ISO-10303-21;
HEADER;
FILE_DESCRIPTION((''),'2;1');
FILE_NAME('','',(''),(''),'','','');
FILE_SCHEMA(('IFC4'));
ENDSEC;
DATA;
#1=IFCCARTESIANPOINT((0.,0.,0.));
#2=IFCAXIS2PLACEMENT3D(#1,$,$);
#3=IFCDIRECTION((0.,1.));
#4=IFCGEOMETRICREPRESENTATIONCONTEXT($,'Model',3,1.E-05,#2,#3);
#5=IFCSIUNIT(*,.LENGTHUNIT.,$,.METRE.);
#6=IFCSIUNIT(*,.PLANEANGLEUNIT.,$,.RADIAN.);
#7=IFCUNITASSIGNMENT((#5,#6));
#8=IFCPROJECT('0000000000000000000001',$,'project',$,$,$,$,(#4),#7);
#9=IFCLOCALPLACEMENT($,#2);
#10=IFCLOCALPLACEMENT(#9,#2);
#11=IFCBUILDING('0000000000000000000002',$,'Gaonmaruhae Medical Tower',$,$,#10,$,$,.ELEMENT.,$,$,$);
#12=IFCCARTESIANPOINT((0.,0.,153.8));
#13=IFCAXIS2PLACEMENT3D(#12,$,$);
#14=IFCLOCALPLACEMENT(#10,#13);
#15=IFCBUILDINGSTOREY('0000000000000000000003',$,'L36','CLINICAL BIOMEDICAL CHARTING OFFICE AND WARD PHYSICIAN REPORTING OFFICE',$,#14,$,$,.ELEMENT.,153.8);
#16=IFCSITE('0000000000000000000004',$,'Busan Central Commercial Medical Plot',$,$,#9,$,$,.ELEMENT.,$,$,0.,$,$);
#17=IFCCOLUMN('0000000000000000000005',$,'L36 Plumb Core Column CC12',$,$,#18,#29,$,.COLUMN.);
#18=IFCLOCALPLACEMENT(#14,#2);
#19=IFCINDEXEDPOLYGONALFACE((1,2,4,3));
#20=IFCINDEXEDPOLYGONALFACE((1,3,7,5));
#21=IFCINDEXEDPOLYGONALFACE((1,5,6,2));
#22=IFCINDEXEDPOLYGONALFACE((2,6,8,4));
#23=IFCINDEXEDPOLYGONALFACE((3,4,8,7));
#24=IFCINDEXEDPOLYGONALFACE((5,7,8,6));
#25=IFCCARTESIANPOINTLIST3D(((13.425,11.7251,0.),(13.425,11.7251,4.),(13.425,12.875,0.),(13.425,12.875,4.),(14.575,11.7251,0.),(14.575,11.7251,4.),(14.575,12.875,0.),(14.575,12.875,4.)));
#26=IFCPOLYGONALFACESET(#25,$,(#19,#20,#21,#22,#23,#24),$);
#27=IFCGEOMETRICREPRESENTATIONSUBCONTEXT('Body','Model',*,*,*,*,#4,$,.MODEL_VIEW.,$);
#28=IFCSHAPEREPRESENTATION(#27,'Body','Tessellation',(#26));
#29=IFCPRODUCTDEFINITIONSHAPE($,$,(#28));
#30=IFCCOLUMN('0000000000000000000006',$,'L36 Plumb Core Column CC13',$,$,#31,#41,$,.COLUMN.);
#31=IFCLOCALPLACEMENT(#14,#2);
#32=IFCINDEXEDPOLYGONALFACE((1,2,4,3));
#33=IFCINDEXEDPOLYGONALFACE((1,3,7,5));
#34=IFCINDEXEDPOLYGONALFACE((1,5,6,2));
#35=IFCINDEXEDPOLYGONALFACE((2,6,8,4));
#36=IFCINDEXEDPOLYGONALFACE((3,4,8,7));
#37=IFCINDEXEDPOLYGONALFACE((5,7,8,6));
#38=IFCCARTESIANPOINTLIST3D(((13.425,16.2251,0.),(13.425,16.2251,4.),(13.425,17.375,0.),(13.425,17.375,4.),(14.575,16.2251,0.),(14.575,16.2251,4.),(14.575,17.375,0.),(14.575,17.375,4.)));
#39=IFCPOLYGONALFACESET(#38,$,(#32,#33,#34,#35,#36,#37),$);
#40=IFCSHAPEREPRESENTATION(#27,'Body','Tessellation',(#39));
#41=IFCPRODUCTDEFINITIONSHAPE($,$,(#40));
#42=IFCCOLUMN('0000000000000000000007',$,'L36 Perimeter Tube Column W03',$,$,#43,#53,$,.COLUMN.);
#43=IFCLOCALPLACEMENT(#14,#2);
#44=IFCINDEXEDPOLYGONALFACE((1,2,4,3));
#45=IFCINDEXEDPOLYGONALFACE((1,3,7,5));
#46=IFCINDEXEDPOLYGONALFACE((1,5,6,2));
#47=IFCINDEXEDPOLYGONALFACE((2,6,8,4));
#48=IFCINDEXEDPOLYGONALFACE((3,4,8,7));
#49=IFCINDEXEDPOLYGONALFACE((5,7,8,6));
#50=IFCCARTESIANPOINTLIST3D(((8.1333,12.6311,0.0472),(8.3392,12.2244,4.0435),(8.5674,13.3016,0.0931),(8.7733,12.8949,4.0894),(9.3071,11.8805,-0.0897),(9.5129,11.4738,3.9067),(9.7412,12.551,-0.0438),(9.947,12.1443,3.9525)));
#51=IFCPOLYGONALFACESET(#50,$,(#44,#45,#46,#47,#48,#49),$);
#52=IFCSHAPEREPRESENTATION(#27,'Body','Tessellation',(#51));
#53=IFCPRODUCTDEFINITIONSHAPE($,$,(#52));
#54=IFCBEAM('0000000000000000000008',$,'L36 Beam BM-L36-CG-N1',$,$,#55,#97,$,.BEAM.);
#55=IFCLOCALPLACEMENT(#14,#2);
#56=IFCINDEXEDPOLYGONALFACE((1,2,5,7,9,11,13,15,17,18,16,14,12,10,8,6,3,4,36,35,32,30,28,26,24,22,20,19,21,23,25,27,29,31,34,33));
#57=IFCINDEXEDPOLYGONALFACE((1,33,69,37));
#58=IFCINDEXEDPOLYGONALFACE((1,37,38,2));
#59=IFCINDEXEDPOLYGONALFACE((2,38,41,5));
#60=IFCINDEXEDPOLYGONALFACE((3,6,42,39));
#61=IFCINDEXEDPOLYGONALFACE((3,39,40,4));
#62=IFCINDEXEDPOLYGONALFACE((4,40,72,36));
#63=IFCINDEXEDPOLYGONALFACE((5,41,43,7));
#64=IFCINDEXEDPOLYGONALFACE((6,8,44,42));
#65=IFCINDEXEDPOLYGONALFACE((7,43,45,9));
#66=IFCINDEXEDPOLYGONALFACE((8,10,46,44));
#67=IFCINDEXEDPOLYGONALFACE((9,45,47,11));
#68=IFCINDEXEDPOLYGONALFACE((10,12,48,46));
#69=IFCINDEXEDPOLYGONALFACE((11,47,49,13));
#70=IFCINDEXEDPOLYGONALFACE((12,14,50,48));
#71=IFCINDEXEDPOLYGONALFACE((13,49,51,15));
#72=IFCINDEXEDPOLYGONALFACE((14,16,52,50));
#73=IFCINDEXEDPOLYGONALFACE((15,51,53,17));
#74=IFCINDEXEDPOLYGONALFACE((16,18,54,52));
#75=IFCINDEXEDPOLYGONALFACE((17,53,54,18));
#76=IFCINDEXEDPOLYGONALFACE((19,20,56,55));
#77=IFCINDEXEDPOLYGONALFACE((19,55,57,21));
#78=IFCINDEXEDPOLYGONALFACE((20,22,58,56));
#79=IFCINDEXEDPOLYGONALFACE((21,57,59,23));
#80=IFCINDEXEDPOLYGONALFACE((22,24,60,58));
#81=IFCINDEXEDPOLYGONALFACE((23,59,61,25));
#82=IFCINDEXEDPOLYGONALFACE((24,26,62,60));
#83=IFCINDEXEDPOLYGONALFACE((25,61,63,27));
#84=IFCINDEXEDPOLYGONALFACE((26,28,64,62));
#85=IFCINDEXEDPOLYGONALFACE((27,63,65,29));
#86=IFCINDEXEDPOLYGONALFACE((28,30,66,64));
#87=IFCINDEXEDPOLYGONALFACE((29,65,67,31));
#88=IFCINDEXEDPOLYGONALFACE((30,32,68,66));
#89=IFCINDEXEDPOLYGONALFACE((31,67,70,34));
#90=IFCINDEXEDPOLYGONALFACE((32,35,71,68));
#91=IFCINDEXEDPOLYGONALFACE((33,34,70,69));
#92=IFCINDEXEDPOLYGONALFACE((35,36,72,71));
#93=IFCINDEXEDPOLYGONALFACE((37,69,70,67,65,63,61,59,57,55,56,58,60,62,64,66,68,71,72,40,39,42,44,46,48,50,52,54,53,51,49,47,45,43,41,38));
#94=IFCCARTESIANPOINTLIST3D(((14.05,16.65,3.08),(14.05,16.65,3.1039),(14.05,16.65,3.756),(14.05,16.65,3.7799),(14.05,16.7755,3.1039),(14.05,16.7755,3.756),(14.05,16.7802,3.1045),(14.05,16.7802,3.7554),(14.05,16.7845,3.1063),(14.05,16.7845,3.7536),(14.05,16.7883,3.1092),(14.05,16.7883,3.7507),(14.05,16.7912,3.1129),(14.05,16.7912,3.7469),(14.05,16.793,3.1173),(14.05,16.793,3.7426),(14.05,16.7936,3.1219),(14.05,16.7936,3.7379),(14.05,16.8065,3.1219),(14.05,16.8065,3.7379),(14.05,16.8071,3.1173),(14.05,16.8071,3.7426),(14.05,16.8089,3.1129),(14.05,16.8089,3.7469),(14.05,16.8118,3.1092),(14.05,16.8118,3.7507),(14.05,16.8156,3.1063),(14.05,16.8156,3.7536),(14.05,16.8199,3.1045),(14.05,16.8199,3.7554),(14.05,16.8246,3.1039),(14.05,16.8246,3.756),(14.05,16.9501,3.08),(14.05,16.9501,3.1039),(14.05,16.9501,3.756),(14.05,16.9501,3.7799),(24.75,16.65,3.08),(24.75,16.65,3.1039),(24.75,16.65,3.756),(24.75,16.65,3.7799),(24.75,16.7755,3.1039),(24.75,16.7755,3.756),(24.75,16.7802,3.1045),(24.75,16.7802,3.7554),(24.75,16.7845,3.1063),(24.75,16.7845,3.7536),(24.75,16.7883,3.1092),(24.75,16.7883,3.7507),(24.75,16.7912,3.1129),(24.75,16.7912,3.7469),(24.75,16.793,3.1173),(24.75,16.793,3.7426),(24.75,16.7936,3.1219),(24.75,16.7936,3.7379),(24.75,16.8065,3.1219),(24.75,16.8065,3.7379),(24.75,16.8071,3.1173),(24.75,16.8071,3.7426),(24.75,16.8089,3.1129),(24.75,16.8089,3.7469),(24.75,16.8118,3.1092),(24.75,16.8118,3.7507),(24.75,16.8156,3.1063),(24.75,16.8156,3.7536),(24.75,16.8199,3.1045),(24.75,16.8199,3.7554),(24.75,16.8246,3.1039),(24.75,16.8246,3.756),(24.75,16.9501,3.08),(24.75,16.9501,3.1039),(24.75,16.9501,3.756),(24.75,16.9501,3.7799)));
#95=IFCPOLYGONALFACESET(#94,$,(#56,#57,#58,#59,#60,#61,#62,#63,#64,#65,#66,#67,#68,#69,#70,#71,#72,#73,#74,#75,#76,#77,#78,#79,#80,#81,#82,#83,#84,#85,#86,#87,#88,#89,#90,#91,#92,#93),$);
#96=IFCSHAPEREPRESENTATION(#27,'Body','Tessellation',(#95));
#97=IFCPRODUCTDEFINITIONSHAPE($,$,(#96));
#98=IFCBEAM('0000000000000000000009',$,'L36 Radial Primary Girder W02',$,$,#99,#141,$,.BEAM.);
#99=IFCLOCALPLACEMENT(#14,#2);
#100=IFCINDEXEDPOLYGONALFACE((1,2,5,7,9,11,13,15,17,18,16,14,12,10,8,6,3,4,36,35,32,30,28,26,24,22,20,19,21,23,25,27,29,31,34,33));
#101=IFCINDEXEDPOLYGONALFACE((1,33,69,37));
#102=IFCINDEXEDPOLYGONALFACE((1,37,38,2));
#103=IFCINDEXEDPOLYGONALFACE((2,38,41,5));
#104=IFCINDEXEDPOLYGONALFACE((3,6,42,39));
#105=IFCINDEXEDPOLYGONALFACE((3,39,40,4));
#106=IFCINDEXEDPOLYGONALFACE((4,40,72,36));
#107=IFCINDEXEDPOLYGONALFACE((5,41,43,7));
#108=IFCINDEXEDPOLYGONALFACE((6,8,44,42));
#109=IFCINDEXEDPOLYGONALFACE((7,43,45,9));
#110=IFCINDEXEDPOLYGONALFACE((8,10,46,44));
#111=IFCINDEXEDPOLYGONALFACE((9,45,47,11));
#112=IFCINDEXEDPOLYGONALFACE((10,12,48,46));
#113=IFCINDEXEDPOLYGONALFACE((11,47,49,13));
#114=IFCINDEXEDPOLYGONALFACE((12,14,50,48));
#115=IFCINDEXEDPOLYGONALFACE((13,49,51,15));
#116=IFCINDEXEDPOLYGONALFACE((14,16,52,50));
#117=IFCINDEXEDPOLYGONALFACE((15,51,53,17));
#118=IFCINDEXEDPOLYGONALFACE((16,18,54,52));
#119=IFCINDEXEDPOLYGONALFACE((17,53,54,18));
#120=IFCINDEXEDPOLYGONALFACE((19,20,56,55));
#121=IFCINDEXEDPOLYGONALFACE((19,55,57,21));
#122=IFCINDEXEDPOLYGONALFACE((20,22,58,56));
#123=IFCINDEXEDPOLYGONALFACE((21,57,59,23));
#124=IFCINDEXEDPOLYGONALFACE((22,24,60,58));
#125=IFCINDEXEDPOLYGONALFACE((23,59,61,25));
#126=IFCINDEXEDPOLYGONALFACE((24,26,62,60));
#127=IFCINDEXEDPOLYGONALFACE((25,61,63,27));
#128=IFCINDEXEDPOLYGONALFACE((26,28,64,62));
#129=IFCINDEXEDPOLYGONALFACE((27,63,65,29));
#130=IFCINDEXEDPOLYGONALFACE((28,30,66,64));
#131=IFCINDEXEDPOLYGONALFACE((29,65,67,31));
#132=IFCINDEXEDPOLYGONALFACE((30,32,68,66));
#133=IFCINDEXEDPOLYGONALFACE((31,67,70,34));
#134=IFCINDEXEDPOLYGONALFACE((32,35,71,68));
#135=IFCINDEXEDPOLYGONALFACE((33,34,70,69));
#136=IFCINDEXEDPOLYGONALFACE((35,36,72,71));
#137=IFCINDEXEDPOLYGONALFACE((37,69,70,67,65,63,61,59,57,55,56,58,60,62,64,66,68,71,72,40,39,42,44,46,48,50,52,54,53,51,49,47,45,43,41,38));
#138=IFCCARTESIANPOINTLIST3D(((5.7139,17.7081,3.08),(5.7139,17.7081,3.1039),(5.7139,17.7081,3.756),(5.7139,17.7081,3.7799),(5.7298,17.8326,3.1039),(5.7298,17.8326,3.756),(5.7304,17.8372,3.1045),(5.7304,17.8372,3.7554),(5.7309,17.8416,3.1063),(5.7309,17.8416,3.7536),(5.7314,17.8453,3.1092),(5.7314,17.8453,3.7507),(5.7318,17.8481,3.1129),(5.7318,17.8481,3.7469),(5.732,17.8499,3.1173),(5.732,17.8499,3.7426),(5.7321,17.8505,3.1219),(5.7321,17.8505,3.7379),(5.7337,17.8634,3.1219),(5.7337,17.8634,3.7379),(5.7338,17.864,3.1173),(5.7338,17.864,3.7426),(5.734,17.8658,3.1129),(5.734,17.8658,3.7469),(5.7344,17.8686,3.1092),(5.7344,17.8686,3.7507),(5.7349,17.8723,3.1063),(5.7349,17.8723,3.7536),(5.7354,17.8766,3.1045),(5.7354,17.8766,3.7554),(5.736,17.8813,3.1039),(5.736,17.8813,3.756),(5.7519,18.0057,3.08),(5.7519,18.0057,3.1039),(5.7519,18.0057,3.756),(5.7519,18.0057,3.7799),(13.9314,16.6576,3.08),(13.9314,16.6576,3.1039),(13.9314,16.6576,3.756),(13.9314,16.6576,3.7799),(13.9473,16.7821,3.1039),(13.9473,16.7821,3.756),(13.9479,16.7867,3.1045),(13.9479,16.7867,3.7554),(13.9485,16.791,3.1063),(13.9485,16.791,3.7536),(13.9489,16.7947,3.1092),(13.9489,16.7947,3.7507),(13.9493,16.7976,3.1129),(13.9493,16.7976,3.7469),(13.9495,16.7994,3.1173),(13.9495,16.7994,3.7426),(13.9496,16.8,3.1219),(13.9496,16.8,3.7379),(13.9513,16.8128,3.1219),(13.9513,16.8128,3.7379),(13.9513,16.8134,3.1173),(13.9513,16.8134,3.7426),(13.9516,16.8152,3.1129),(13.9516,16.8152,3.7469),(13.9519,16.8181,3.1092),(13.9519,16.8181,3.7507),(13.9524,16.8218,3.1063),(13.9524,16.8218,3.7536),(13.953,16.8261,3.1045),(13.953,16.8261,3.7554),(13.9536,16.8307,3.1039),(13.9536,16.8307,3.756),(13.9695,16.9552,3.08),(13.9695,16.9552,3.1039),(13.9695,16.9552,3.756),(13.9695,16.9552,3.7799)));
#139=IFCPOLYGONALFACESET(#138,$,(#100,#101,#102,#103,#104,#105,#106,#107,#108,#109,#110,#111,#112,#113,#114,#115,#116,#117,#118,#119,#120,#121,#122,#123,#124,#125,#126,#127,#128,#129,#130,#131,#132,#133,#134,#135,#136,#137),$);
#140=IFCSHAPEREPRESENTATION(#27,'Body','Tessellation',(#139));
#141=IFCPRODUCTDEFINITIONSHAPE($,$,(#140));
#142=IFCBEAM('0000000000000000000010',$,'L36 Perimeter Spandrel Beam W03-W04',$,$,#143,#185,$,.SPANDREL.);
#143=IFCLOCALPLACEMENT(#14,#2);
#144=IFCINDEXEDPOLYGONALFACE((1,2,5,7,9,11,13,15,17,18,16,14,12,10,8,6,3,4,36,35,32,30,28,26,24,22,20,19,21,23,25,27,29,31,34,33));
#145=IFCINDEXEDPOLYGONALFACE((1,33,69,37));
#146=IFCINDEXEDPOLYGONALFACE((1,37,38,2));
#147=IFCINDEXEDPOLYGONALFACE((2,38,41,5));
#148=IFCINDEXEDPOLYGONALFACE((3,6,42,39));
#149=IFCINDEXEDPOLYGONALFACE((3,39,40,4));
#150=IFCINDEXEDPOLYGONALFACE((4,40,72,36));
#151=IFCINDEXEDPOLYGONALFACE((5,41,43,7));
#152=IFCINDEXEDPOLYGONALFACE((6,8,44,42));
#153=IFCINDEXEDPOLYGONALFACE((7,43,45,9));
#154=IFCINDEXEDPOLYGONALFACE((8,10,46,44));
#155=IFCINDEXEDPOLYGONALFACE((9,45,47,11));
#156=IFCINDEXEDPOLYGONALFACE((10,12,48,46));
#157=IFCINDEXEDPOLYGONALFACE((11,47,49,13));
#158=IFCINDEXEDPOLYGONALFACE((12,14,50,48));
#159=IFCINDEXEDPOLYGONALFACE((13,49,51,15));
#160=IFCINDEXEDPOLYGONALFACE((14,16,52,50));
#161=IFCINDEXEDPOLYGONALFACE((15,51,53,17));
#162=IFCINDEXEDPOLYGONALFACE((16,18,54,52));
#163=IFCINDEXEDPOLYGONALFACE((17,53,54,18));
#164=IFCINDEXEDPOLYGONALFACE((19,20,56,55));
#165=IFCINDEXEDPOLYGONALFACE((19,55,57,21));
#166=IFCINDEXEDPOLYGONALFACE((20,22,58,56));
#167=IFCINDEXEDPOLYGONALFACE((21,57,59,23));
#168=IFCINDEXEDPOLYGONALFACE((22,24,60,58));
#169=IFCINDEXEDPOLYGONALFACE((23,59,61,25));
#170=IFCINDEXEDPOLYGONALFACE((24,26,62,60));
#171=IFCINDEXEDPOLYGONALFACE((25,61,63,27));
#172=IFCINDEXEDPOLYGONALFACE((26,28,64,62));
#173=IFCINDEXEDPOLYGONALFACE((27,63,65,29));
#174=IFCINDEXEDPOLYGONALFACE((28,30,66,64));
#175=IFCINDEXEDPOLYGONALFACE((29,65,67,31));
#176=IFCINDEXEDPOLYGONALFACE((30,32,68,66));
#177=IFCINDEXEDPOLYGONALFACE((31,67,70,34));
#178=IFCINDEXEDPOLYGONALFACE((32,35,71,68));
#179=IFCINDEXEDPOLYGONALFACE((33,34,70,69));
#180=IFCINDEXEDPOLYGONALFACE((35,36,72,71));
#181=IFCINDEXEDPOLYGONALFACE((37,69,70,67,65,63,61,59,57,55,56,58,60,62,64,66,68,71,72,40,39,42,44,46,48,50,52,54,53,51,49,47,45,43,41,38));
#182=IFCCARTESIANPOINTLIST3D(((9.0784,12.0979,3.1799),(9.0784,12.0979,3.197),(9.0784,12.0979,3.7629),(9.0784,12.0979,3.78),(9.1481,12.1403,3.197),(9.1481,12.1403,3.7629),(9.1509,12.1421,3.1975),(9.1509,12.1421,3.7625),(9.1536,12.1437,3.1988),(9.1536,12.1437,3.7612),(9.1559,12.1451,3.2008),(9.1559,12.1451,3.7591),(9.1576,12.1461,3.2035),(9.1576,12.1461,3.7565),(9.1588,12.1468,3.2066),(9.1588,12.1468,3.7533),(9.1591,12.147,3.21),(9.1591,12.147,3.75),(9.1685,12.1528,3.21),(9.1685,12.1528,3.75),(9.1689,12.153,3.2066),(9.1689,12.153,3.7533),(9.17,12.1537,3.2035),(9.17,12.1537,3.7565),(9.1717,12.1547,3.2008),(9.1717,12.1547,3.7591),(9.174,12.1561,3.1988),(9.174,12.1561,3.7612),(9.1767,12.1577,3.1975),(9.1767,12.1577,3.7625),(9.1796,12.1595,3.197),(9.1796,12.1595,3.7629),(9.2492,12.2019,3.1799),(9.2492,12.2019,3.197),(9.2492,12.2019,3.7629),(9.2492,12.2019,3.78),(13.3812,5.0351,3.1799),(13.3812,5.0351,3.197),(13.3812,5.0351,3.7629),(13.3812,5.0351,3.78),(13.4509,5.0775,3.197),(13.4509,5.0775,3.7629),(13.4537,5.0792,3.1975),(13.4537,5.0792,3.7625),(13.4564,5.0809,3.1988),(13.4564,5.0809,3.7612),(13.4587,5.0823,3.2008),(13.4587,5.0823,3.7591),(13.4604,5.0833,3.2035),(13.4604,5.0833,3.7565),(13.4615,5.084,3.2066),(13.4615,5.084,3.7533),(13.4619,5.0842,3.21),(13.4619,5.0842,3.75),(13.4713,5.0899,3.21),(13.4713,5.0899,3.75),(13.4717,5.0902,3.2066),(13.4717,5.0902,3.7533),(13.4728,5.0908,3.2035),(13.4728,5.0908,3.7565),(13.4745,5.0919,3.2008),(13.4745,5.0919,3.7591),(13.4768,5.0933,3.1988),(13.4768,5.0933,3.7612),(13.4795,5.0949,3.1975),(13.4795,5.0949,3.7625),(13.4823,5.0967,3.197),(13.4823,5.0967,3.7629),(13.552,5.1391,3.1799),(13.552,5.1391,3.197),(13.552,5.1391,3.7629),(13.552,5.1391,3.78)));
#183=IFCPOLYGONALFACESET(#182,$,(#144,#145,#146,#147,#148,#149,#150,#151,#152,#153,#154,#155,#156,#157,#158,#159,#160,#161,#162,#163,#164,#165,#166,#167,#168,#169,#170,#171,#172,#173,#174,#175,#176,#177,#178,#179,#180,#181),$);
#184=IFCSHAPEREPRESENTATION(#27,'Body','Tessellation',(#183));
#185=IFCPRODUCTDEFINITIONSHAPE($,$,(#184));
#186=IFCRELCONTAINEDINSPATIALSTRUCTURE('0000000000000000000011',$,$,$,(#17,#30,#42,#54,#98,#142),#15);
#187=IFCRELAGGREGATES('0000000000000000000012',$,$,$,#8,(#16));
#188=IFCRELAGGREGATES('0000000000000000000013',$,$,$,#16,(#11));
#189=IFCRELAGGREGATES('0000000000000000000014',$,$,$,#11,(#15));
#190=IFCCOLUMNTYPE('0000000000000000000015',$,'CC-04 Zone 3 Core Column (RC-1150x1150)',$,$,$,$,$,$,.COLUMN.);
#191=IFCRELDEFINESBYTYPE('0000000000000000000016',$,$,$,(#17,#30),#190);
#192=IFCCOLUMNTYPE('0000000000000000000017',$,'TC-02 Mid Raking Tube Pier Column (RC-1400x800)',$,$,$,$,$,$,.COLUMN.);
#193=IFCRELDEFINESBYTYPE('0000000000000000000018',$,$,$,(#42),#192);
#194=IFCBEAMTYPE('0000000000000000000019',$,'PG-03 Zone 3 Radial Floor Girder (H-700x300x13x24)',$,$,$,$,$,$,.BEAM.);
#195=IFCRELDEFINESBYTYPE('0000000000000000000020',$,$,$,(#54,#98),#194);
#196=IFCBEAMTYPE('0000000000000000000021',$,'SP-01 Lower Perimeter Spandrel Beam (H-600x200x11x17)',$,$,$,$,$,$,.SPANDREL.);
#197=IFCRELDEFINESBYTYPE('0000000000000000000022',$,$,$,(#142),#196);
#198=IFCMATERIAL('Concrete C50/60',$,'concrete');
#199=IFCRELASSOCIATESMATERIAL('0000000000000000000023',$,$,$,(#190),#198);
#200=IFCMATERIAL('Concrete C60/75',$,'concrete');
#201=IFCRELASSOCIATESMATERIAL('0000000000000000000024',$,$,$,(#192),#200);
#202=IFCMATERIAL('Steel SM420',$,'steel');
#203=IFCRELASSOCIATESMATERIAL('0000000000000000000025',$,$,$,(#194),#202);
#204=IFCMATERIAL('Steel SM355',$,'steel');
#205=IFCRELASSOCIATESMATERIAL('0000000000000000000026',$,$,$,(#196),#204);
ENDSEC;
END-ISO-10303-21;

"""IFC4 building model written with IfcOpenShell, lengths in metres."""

from ifc_helpers import new_model, si_unit, direction, frame, origin, origin_2d, place, context, subcontext, project, spatial, rectangle, i_section, extrude, material, material_profile, profile_set, type_object, element, save


model = new_model("IFC4")

# Units and contexts
model_context = context("Model", 3, precision=1e-05, world=origin(), true_north=direction((0.0, 1.0)))
body_context = subcontext(model_context, "Body", "Model", "MODEL_VIEW")
ifc_project = project(units=[si_unit("LENGTHUNIT", "METRE"), si_unit("PLANEANGLEUNIT", "RADIAN")], contexts=[model_context])

# Site, building, storey
site_placement = place(None, origin())
site = spatial("IfcSite", under=ifc_project, at=site_placement, Name="Busan Central Commercial Medical Plot", CompositionType="ELEMENT", RefElevation=0.0)
building_placement = place(site_placement, origin())
building = spatial("IfcBuilding", under=site, at=building_placement, Name="Gaonmaruhae Medical Tower", CompositionType="ELEMENT")
storey_placement = place(building_placement, frame((0.0, 0.0, 153.8)))
storey = spatial("IfcBuildingStorey", under=building, at=storey_placement, Name="L36", Description="CLINICAL BIOMEDICAL CHARTING OFFICE AND WARD PHYSICIAN REPORTING OFFICE", CompositionType="ELEMENT", Elevation=153.8)

# Columns
ifc_material_1 = material(Name="Concrete C50/60", Category="concrete")
ifc_material_profile_1 = material_profile(ifc_material_1, rectangle(XDim=1.1499, YDim=1.1499, at=origin_2d()), Name="RC-1150x1150")
ifc_profile_set_1 = profile_set([ifc_material_profile_1], Name="Concrete C50/60")
column_type_1 = type_object("IfcColumnType", Name="CC-04 Zone 3 Core Column (RC-1150x1150)", PredefinedType="COLUMN", material=ifc_profile_set_1)
for number, where, z_axis, x_axis, name in (
    (1, (14.0, 12.3, 0.0), (0.0, 0.0, 1.0), (1.0, 0.0, 0.0), "L36 Plumb Core Column CC12"),
    (2, (14.0, 16.8, 0.0), (0.0, 0.0, 1.0), (1.0, 0.0, 0.0), "L36 Plumb Core Column CC13"),
):
    element("IfcColumn", number, at=place(storey_placement, frame(where, z_axis=z_axis, x_axis=x_axis)), inside=storey, type_object=column_type_1, Name=name, PredefinedType="COLUMN", context=body_context, shape_type="SweptSolid", body=[
        extrude(rectangle(XDim=1.1499, YDim=1.1499, at=origin_2d()), origin(), (0.0, 0.0, 1.0), 4.0),
    ])
ifc_material_2 = material(Name="Concrete C60/75", Category="concrete")
ifc_material_profile_2 = material_profile(ifc_material_2, rectangle(XDim=1.3999, YDim=0.8, at=origin_2d()), Name="RC-1400x800")
ifc_profile_set_2 = profile_set([ifc_material_profile_2], Name="Concrete C60/75")
column_type_2 = type_object("IfcColumnType", Name="TC-02 Mid Raking Tube Pier Column (RC-1400x800)", PredefinedType="COLUMN", material=ifc_profile_set_2)
column_placement = place(storey_placement, frame((8.9373, 12.5911, 0.0017), z_axis=(0.051168, -0.101122, 0.993557), x_axis=(-0.838431, 0.53617, 0.097749)))
element("IfcColumn", 3, at=column_placement, inside=storey, type_object=column_type_2, Name="L36 Perimeter Tube Column W03", PredefinedType="COLUMN", context=body_context, shape_type="SweptSolid", body=[
    extrude(rectangle(XDim=1.3999, YDim=0.8, at=origin_2d()), origin(), (0.0, 0.0, 1.0), 4.0222),
])

# Beams
ifc_material_3 = material(Name="Steel SM420", Category="steel")
ifc_material_profile_3 = material_profile(ifc_material_3, i_section(OverallWidth=0.3, OverallDepth=0.7, WebThickness=0.0129, FlangeThickness=0.0239, FilletRadius=0.0181, at=origin_2d()), Name="H-700x300x13x24")
ifc_profile_set_3 = profile_set([ifc_material_profile_3], Name="Steel SM420")
beam_type_1 = type_object("IfcBeamType", Name="PG-03 Zone 3 Radial Floor Girder (H-700x300x13x24)", PredefinedType="BEAM", material=ifc_profile_set_3)
beam_1_placement = place(storey_placement, frame((14.05, 16.8, 3.4299), z_axis=(1.0, 0.0, 0.0), x_axis=(0.0, 1.0, 0.0)))
element("IfcBeam", 4, at=beam_1_placement, inside=storey, type_object=beam_type_1, Name="L36 Beam BM-L36-CG-N1", PredefinedType="BEAM", context=body_context, shape_type="SweptSolid", body=[
    extrude(i_section(OverallWidth=0.3, OverallDepth=0.7, WebThickness=0.0129, FlangeThickness=0.0239, FilletRadius=0.0181, at=origin_2d()), origin(), (0.0, 0.0, 1.0), 10.7),
])
beam_2_placement = place(storey_placement, frame((13.9504, 16.8064, 3.4299), z_axis=(-0.991927, 0.126809, 0.0), x_axis=(-0.126809, -0.991927, 0.0)))
element("IfcBeam", 5, at=beam_2_placement, inside=storey, type_object=beam_type_1, Name="L36 Radial Primary Girder W02", PredefinedType="BEAM", context=body_context, shape_type="SweptSolid", body=[
    extrude(i_section(OverallWidth=0.3, OverallDepth=0.7, WebThickness=0.0129, FlangeThickness=0.0239, FilletRadius=0.0181, at=origin_2d()), origin(), (0.0, 0.0, 1.0), 8.2844),
])
ifc_material_4 = material(Name="Steel SM355", Category="steel")
ifc_material_profile_4 = material_profile(ifc_material_4, i_section(OverallWidth=0.2, OverallDepth=0.6001, WebThickness=0.011, FlangeThickness=0.0171, FilletRadius=0.0129, at=origin_2d()), Name="H-600x200x11x17")
ifc_profile_set_4 = profile_set([ifc_material_profile_4], Name="Steel SM355")
beam_type_2 = type_object("IfcBeamType", Name="SP-01 Lower Perimeter Spandrel Beam (H-600x200x11x17)", PredefinedType="SPANDREL", material=ifc_profile_set_4)
beam_3_placement = place(storey_placement, frame((9.1638, 12.1499, 3.48), z_axis=(0.520271, -0.854001, 0.0), x_axis=(0.854001, 0.520271, 0.0)))
element("IfcBeam", 6, at=beam_3_placement, inside=storey, type_object=beam_type_2, Name="L36 Perimeter Spandrel Beam W03-W04", PredefinedType="SPANDREL", context=body_context, shape_type="SweptSolid", body=[
    extrude(i_section(OverallWidth=0.2, OverallDepth=0.6001, WebThickness=0.011, FlangeThickness=0.0171, FilletRadius=0.0129, at=origin_2d()), origin(), (0.0, 0.0, 1.0), 8.2703),
])

save(model, "model.ifc")
